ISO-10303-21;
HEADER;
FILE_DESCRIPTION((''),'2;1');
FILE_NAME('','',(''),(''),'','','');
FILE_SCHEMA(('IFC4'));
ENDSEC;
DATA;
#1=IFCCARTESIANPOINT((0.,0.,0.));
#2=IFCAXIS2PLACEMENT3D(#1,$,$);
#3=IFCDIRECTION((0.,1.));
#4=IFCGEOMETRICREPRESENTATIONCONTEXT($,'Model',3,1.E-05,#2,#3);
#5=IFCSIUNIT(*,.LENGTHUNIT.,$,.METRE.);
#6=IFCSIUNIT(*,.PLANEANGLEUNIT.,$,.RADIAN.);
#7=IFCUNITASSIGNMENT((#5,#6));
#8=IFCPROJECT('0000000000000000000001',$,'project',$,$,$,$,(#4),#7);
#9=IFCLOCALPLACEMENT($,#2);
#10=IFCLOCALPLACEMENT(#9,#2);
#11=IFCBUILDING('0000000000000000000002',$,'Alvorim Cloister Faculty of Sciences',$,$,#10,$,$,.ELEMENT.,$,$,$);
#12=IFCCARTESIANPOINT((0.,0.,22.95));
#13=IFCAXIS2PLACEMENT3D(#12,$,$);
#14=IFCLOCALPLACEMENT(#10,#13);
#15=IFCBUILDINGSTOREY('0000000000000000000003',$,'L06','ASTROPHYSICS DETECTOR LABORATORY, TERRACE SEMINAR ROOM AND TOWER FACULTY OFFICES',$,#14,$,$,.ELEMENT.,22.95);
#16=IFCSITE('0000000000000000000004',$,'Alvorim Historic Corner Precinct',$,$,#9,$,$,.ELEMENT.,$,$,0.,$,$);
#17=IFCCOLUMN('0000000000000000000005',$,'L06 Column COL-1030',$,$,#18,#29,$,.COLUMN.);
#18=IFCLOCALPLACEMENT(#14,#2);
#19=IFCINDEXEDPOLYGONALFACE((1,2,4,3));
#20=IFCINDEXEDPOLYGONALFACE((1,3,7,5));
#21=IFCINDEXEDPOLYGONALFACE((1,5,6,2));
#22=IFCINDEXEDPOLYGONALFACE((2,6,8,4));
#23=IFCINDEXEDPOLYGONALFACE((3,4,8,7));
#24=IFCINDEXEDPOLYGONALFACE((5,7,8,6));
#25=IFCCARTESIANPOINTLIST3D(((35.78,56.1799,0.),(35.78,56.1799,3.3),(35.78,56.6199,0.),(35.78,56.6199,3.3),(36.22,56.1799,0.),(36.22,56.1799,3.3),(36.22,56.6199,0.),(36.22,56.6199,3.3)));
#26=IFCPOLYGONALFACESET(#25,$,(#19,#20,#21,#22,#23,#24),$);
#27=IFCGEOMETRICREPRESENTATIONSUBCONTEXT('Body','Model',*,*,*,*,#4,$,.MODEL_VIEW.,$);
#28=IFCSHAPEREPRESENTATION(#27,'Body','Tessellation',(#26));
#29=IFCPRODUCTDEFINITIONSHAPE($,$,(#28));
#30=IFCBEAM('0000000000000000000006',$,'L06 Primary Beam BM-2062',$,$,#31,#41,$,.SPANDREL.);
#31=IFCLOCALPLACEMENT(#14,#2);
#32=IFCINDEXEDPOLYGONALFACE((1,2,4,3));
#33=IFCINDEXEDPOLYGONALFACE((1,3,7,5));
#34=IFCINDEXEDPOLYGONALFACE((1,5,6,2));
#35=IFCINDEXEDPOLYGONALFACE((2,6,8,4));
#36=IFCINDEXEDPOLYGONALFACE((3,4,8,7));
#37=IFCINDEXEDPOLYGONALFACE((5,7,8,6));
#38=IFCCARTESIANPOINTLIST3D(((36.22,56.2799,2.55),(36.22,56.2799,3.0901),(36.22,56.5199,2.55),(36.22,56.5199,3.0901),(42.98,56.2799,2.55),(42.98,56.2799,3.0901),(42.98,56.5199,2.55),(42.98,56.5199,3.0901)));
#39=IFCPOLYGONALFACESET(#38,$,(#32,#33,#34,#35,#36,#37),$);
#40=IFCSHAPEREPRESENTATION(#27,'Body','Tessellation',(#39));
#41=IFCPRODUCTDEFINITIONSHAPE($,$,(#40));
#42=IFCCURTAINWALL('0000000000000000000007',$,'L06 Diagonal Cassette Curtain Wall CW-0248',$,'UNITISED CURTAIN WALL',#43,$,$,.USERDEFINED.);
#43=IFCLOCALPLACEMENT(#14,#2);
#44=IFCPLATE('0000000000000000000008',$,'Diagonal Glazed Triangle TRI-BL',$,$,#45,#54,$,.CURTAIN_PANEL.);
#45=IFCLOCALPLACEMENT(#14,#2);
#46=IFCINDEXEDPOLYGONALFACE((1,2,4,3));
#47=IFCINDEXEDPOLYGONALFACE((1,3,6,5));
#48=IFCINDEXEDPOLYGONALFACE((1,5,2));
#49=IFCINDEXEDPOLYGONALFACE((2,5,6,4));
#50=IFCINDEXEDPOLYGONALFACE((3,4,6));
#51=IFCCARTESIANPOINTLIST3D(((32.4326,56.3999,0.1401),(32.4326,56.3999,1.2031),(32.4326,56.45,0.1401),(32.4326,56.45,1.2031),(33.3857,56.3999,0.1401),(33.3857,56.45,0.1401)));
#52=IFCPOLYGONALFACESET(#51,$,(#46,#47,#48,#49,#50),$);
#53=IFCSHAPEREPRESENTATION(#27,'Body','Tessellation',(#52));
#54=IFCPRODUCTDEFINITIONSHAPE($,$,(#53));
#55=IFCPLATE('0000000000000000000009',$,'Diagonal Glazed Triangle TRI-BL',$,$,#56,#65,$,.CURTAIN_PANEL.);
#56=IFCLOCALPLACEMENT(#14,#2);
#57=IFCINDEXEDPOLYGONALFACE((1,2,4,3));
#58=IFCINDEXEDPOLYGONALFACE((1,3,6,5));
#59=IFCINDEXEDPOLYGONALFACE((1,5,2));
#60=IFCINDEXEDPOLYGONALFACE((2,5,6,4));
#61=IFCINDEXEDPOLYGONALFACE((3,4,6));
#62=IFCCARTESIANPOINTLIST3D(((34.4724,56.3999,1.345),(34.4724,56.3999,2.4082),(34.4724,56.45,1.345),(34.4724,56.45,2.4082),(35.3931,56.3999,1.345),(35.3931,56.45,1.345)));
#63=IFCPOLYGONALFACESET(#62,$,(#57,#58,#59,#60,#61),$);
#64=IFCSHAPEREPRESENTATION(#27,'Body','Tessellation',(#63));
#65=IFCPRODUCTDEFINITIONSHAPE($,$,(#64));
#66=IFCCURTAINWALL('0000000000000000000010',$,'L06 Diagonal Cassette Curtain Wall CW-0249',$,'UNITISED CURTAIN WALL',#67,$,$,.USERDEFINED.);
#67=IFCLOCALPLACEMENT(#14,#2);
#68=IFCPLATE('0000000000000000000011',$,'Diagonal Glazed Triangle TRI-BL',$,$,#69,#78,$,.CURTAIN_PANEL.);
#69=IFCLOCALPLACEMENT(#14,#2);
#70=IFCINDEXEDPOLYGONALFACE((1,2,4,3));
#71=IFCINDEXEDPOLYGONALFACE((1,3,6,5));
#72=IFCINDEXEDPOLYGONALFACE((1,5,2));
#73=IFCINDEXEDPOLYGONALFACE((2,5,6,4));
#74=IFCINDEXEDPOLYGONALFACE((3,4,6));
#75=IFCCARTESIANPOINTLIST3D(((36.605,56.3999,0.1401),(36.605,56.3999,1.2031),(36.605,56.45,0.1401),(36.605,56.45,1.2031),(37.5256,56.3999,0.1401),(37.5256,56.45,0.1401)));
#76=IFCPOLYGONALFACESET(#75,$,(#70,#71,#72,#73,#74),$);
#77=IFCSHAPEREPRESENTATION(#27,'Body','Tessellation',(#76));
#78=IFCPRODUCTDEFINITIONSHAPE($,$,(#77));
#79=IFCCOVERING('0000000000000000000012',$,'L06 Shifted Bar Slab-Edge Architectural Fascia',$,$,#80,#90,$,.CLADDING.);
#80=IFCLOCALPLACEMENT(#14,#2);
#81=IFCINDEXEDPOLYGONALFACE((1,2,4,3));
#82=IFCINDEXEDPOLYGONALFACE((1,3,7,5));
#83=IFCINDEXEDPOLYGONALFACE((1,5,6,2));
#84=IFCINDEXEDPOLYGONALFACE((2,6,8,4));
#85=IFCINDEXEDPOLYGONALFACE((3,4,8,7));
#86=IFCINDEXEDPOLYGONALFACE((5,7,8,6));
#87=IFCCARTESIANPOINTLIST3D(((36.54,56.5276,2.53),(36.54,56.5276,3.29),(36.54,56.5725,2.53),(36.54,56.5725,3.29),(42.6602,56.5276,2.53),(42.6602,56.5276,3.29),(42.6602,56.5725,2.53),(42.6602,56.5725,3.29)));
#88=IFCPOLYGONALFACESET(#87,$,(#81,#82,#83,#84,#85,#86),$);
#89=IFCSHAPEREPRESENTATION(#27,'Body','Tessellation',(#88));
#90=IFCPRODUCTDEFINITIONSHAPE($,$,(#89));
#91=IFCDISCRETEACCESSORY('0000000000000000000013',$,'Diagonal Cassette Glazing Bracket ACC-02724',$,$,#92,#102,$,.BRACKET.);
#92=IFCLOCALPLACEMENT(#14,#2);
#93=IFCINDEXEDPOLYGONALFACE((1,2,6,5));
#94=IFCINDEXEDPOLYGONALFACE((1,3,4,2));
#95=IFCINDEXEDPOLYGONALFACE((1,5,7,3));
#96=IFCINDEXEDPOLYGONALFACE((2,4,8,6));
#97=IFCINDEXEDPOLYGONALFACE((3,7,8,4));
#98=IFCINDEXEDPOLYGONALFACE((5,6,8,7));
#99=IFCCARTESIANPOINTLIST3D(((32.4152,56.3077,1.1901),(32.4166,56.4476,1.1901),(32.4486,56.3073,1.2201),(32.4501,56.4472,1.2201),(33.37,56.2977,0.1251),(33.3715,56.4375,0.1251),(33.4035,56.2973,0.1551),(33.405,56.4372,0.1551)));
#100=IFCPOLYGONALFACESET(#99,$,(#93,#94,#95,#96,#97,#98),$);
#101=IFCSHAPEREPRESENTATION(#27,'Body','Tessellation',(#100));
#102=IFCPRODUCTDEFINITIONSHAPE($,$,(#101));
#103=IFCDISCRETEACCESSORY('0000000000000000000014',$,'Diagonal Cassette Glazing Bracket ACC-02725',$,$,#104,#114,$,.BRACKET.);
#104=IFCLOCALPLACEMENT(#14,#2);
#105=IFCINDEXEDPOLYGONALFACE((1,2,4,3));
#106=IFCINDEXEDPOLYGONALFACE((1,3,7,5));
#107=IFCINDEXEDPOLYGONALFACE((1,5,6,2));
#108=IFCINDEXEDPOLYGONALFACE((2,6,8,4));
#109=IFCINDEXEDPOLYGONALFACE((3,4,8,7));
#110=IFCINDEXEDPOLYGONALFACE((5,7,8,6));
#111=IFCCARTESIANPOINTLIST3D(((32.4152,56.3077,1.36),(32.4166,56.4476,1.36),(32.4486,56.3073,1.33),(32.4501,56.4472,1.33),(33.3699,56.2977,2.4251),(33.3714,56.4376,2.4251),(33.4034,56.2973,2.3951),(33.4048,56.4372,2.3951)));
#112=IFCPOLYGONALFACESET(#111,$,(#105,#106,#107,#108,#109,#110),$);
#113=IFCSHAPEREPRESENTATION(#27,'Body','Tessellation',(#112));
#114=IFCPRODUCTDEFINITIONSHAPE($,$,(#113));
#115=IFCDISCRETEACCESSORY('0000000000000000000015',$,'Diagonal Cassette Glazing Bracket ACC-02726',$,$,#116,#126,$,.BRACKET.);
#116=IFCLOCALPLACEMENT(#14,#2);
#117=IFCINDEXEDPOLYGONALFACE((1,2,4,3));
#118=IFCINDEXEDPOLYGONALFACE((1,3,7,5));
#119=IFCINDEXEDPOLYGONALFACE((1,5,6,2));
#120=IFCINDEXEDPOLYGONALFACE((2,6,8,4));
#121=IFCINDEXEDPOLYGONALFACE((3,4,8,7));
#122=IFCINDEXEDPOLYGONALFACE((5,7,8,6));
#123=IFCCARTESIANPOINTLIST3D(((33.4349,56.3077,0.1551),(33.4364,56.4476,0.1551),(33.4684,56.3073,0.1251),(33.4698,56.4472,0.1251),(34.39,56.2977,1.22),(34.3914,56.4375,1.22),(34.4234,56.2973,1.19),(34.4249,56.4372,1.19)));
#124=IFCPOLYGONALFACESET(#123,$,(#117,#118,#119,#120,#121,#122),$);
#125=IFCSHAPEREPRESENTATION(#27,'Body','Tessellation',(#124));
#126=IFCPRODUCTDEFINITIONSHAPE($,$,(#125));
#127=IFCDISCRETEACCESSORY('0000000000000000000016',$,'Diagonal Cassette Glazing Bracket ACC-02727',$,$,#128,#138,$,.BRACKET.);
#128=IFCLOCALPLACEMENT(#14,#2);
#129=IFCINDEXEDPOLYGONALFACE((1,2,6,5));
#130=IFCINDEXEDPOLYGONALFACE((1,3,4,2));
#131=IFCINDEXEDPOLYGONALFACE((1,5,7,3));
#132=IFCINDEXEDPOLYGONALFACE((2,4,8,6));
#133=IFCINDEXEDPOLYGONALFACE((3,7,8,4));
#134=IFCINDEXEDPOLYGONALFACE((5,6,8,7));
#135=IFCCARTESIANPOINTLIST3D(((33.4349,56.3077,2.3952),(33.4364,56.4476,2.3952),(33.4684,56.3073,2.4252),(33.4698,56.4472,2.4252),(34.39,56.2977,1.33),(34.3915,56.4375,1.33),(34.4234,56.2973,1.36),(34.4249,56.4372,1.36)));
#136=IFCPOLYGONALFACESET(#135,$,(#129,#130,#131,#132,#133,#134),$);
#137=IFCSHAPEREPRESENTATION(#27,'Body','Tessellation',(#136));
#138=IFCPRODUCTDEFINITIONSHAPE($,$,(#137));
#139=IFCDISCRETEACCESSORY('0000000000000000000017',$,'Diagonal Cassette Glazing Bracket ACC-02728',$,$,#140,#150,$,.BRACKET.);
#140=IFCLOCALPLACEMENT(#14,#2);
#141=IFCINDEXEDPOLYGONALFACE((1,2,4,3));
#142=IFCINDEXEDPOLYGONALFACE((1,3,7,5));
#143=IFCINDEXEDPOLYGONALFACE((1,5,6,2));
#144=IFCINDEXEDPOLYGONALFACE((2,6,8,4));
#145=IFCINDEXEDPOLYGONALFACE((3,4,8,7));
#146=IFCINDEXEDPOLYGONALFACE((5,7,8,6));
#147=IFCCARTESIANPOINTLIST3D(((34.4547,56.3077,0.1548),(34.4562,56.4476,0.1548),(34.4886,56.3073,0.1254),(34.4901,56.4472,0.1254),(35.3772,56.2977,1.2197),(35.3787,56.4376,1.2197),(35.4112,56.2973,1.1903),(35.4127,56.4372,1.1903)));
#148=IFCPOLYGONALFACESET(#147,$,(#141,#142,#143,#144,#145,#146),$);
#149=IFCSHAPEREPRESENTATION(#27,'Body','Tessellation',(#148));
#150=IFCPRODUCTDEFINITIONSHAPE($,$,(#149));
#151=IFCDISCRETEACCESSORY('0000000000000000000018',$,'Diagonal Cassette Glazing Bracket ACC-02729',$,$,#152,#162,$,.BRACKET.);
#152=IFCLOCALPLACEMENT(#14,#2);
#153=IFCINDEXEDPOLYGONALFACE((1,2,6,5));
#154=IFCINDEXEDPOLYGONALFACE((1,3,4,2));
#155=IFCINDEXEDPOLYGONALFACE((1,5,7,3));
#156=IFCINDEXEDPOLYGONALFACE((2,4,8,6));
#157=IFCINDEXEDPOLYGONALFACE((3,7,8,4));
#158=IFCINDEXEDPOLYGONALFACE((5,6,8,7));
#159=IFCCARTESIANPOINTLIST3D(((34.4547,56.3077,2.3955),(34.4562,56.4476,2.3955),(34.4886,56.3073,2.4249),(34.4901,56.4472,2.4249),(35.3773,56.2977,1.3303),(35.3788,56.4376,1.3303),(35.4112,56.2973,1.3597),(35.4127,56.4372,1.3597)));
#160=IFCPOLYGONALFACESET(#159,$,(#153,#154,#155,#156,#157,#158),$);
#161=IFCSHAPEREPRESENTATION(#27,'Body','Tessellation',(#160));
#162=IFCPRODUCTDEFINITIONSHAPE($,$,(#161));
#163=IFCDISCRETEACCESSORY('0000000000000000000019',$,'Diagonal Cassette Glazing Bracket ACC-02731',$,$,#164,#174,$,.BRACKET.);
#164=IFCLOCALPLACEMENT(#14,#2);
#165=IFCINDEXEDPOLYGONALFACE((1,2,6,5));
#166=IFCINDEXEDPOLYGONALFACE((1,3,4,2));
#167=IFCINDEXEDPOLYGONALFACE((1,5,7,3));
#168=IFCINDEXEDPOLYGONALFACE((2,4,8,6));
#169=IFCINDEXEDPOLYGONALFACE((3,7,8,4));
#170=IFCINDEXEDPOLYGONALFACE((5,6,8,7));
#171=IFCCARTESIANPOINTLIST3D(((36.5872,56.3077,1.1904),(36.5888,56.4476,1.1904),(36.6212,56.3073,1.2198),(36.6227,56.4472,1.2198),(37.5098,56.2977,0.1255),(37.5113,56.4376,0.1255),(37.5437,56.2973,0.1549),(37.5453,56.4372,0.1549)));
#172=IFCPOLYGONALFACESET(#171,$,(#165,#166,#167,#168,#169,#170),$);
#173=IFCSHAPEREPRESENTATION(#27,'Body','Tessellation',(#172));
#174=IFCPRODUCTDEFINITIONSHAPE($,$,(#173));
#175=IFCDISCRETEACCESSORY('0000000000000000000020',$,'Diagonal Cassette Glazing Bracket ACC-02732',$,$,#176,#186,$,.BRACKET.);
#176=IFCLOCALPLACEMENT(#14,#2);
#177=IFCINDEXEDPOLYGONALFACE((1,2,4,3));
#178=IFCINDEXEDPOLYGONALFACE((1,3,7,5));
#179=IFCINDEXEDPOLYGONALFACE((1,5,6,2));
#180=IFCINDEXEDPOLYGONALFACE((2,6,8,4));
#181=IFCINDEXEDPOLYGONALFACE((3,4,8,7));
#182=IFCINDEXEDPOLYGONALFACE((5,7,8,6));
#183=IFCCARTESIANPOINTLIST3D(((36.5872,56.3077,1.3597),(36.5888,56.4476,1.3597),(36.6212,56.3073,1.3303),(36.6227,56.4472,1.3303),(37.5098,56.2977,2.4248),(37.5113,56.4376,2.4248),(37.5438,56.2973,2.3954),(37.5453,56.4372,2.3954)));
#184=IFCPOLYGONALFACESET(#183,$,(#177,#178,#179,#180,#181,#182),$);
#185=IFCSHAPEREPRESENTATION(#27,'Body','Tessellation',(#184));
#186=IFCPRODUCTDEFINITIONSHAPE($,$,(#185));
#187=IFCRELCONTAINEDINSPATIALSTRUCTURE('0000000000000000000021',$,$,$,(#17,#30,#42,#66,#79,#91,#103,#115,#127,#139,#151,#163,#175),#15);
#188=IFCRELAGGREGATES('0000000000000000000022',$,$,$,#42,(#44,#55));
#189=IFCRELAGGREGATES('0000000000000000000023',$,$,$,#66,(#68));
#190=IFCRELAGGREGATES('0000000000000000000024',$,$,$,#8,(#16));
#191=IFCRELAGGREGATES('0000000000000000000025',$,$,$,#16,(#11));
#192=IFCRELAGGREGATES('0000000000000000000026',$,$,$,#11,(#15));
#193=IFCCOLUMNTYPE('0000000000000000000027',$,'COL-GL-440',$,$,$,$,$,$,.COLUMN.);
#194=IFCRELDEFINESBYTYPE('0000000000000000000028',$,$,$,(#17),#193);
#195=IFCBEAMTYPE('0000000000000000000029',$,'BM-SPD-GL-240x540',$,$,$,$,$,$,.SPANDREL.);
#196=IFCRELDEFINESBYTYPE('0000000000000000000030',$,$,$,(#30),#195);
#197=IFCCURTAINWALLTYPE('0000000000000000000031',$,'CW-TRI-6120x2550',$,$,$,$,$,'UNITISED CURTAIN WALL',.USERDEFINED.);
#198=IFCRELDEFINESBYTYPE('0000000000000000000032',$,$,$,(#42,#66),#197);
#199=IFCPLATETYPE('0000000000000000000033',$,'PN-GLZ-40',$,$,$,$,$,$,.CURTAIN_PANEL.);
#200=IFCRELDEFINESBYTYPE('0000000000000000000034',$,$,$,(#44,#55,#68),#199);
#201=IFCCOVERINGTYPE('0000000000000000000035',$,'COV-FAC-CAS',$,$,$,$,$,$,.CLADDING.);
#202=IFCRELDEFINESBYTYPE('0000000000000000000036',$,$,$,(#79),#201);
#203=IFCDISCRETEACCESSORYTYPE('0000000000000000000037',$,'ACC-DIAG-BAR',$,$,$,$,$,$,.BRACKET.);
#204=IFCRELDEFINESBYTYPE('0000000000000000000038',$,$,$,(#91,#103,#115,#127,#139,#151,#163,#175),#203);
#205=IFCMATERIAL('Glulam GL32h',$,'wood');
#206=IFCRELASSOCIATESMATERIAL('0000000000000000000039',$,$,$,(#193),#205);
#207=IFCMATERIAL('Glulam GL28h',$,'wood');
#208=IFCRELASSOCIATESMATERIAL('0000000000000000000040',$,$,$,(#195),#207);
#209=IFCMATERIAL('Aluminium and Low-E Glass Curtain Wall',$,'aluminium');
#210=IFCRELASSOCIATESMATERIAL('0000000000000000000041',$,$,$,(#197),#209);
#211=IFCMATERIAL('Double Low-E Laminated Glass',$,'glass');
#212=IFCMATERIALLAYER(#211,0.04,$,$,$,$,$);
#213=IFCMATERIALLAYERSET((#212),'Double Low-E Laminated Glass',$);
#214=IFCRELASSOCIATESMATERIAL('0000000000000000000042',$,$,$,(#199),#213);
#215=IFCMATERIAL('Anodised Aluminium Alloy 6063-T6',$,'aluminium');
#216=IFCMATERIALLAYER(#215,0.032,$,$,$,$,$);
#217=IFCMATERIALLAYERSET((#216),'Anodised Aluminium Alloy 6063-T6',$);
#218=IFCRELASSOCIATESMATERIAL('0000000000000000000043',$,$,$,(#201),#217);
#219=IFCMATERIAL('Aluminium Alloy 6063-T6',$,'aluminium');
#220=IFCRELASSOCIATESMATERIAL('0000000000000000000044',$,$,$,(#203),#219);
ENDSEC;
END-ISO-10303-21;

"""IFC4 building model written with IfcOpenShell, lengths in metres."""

from ifc_helpers import new_model, si_unit, direction, frame, origin, origin_2d, place, context, subcontext, project, spatial, polyline, rectangle, outline, extrude, material, layer, layer_set, material_profile, profile_set, type_object, element, aggregate, save


model = new_model("IFC4")

# Units and contexts
model_context = context("Model", 3, precision=1e-05, world=origin(), true_north=direction((0.0, 1.0)))
body_context = subcontext(model_context, "Body", "Model", "MODEL_VIEW")
ifc_project = project(units=[si_unit("LENGTHUNIT", "METRE"), si_unit("PLANEANGLEUNIT", "RADIAN")], contexts=[model_context])

# Site, building, storey
site_placement = place(None, origin())
site = spatial("IfcSite", under=ifc_project, at=site_placement, Name="Alvorim Historic Corner Precinct", CompositionType="ELEMENT", RefElevation=0.0)
building_placement = place(site_placement, origin())
building = spatial("IfcBuilding", under=site, at=building_placement, Name="Alvorim Cloister Faculty of Sciences", CompositionType="ELEMENT")
storey_placement = place(building_placement, frame((0.0, 0.0, 22.95)))
storey = spatial("IfcBuildingStorey", under=building, at=storey_placement, Name="L06", Description="ASTROPHYSICS DETECTOR LABORATORY, TERRACE SEMINAR ROOM AND TOWER FACULTY OFFICES", CompositionType="ELEMENT", Elevation=22.95)

# Column
ifc_material_1 = material(Name="Glulam GL32h", Category="wood")
ifc_material_profile_1 = material_profile(ifc_material_1, rectangle(XDim=0.4399, YDim=0.4399, at=origin_2d()), Name="GL32-COL-440x440")
ifc_profile_set_1 = profile_set([ifc_material_profile_1], Name="Glulam GL32h")
column_type = type_object("IfcColumnType", Name="COL-GL-440", PredefinedType="COLUMN", material=ifc_profile_set_1)
column_placement = place(storey_placement, frame((36.0, 56.3999, 0.0), z_axis=(0.0, 0.0, 1.0), x_axis=(1.0, 0.0, 0.0)))
element("IfcColumn", 1, at=column_placement, inside=storey, type_object=column_type, Name="L06 Column COL-1030", PredefinedType="COLUMN", context=body_context, shape_type="SweptSolid", body=[
    extrude(rectangle(XDim=0.4399, YDim=0.4399, at=origin_2d()), origin(), (0.0, 0.0, 1.0), 3.3),
])

# Beam
ifc_material_2 = material(Name="Glulam GL28h", Category="wood")
ifc_material_profile_2 = material_profile(ifc_material_2, rectangle(XDim=0.24, YDim=0.54, at=origin_2d()), Name="GL28-SPD-240x540")
ifc_profile_set_2 = profile_set([ifc_material_profile_2], Name="Glulam GL28h")
beam_type = type_object("IfcBeamType", Name="BM-SPD-GL-240x540", PredefinedType="SPANDREL", material=ifc_profile_set_2)
beam_placement = place(storey_placement, frame((36.22, 56.3999, 2.8201), z_axis=(1.0, 0.0, 0.0), x_axis=(0.0, 1.0, 0.0)))
element("IfcBeam", 2, at=beam_placement, inside=storey, type_object=beam_type, Name="L06 Primary Beam BM-2062", PredefinedType="SPANDREL", context=body_context, shape_type="SweptSolid", body=[
    extrude(rectangle(XDim=0.24, YDim=0.54, at=origin_2d()), origin(), (0.0, 0.0, 1.0), 6.76),
])

# Curtain walls, plates
ifc_material_3 = material(Name="Aluminium and Low-E Glass Curtain Wall", Category="aluminium")
curtain_wall_type = type_object("IfcCurtainWallType", Name="CW-TRI-6120x2550", ElementType="UNITISED CURTAIN WALL", PredefinedType="USERDEFINED", material=ifc_material_3)
curtain_wall_1_placement = place(storey_placement, origin())
curtain_wall_1 = element("IfcCurtainWall", 3, at=curtain_wall_1_placement, inside=storey, type_object=curtain_wall_type, Name="L06 Diagonal Cassette Curtain Wall CW-0248", ObjectType="UNITISED CURTAIN WALL", PredefinedType="USERDEFINED")
ifc_material_4 = material(Name="Double Low-E Laminated Glass", Category="glass")
ifc_layer_1 = layer(ifc_material_4, 0.04)
ifc_layer_set_1 = layer_set([ifc_layer_1], Name="Double Low-E Laminated Glass")
plate_type = type_object("IfcPlateType", Name="PN-GLZ-40", PredefinedType="CURTAIN_PANEL", material=ifc_layer_set_1)
plate_1_placement = place(storey_placement, frame((32.4326, 56.425, 0.1401), z_axis=(0.0, 0.0, 1.0), x_axis=(1.0, 0.0, 0.0)))
plate_1 = element("IfcPlate", 4, at=plate_1_placement, type_object=plate_type, Name="Diagonal Glazed Triangle TRI-BL", PredefinedType="CURTAIN_PANEL", context=body_context, shape_type="SweptSolid", body=[
    extrude(outline(polyline([(0.0, 0.0), (0.9531, 0.0), (0.0, 1.063), (0.0, 0.0)])), frame((0.0, 0.0249, 0.0), z_axis=(0.0, -1.0, 0.0), x_axis=(1.0, 0.0, 0.0)), (0.0, 0.0, 1.0), 0.05),
])
plate_2_placement = place(storey_placement, frame((34.4724, 56.425, 1.345), z_axis=(0.0, 0.0, 1.0), x_axis=(1.0, 0.0, 0.0)))
plate_2 = element("IfcPlate", 5, at=plate_2_placement, type_object=plate_type, Name="Diagonal Glazed Triangle TRI-BL", PredefinedType="CURTAIN_PANEL", context=body_context, shape_type="SweptSolid", body=[
    extrude(outline(polyline([(0.0, 0.0), (0.9207, 0.0), (0.0, 1.0632), (0.0, 0.0)])), frame((0.0, 0.0249, 0.0), z_axis=(0.0, -1.0, 0.0), x_axis=(1.0, 0.0, 0.0)), (0.0, 0.0, 1.0), 0.05),
])
aggregate(curtain_wall_1, [plate_1, plate_2])
curtain_wall_2_placement = place(storey_placement, origin())
curtain_wall_2 = element("IfcCurtainWall", 6, at=curtain_wall_2_placement, inside=storey, type_object=curtain_wall_type, Name="L06 Diagonal Cassette Curtain Wall CW-0249", ObjectType="UNITISED CURTAIN WALL", PredefinedType="USERDEFINED")
plate_3_placement = place(storey_placement, frame((36.605, 56.425, 0.1401), z_axis=(0.0, 0.0, 1.0), x_axis=(1.0, 0.0, 0.0)))
plate_3 = element("IfcPlate", 7, at=plate_3_placement, type_object=plate_type, Name="Diagonal Glazed Triangle TRI-BL", PredefinedType="CURTAIN_PANEL", context=body_context, shape_type="SweptSolid", body=[
    extrude(outline(polyline([(0.0, 0.0), (0.9207, 0.0), (0.0, 1.063), (0.0, 0.0)])), frame((0.0, 0.0249, 0.0), z_axis=(0.0, -1.0, 0.0), x_axis=(1.0, 0.0, 0.0)), (0.0, 0.0, 1.0), 0.05),
])
aggregate(curtain_wall_2, [plate_3])

# Covering
ifc_material_5 = material(Name="Anodised Aluminium Alloy 6063-T6", Category="aluminium")
ifc_layer_2 = layer(ifc_material_5, 0.032)
ifc_layer_set_2 = layer_set([ifc_layer_2], Name="Anodised Aluminium Alloy 6063-T6")
covering_type = type_object("IfcCoveringType", Name="COV-FAC-CAS", PredefinedType="CLADDING", material=ifc_layer_set_2)
covering_placement = place(storey_placement, frame((36.54, 56.55, 2.53), z_axis=(0.0, 0.0, 1.0), x_axis=(1.0, 0.0, 0.0)))
element("IfcCovering", 8, at=covering_placement, inside=storey, type_object=covering_type, Name="L06 Shifted Bar Slab-Edge Architectural Fascia", PredefinedType="CLADDING", context=body_context, shape_type="SweptSolid", body=[
    extrude(outline(polyline([(0.0, 0.0), (6.1201, 0.0), (6.1201, 0.76), (0.0, 0.76), (0.0, 0.0)])), frame((0.0, 0.0225, 0.0), z_axis=(0.0, -1.0, 0.0), x_axis=(1.0, 0.0, 0.0)), (0.0, 0.0, 1.0), 0.0449),
])

# Discrete accessories
ifc_material_6 = material(Name="Aluminium Alloy 6063-T6", Category="aluminium")
discrete_accessory_type = type_object("IfcDiscreteAccessoryType", Name="ACC-DIAG-BAR", PredefinedType="BRACKET", material=ifc_material_6)
for number, where, z_axis, x_axis, name in (
    (9, (32.4326, 56.3774, 1.2051), (0.667552, -0.006998, -0.744531), (0.010483, 0.999945, 0.0), "Diagonal Cassette Glazing Bracket ACC-02724"),
    (10, (32.4326, 56.3774, 1.345), (0.667467, -0.006997, 0.744607), (0.010483, 0.999945, 0.0), "Diagonal Cassette Glazing Bracket ACC-02725"),
    (11, (33.4524, 56.3774, 0.1401), (0.667646, -0.006997, 0.744446), (0.01048, 0.999945, 0.0), "Diagonal Cassette Glazing Bracket ACC-02726"),
):
    element("IfcDiscreteAccessory", number, at=place(storey_placement, frame(where, z_axis=z_axis, x_axis=x_axis)), inside=storey, type_object=discrete_accessory_type, Name=name, PredefinedType="BRACKET", context=body_context, shape_type="SweptSolid", body=[
        extrude(rectangle(XDim=0.1399, YDim=0.0449, at=origin_2d()), origin(), (0.0, 0.0, 1.0), 1.4304),
    ])
discrete_accessory_1_placement = place(storey_placement, frame((33.4524, 56.3774, 2.4102), z_axis=(0.667561, -0.006996, -0.744522), x_axis=(0.01048, 0.999945, 0.0)))
element("IfcDiscreteAccessory", 12, at=discrete_accessory_1_placement, inside=storey, type_object=discrete_accessory_type, Name="Diagonal Cassette Glazing Bracket ACC-02727", PredefinedType="BRACKET", context=body_context, shape_type="SweptSolid", body=[
    extrude(rectangle(XDim=0.1399, YDim=0.0449, at=origin_2d()), origin(), (0.0, 0.0, 1.0), 1.4307),
])
discrete_accessory_2_placement = place(storey_placement, frame((34.4724, 56.3774, 0.1401), z_axis=(0.654775, -0.007104, 0.75579), x_axis=(0.010849, 0.999941, 0.0)))
element("IfcDiscreteAccessory", 13, at=discrete_accessory_2_placement, inside=storey, type_object=discrete_accessory_type, Name="Diagonal Cassette Glazing Bracket ACC-02728", PredefinedType="BRACKET", context=body_context, shape_type="SweptSolid", body=[
    extrude(rectangle(XDim=0.1399, YDim=0.0449, at=origin_2d()), origin(), (0.0, 0.0, 1.0), 1.4089),
])
discrete_accessory_3_placement = place(storey_placement, frame((34.4724, 56.3774, 2.4102), z_axis=(0.65469, -0.007103, -0.755864), x_axis=(0.010849, 0.999941, 0.0)))
element("IfcDiscreteAccessory", 14, at=discrete_accessory_3_placement, inside=storey, type_object=discrete_accessory_type, Name="Diagonal Cassette Glazing Bracket ACC-02729", PredefinedType="BRACKET", context=body_context, shape_type="SweptSolid", body=[
    extrude(rectangle(XDim=0.1399, YDim=0.0449, at=origin_2d()), origin(), (0.0, 0.0, 1.0), 1.4092),
])
discrete_accessory_4_placement = place(storey_placement, frame((36.605, 56.3774, 1.2051), z_axis=(0.654775, -0.007104, -0.75579), x_axis=(0.010849, 0.999941, 0.0)))
element("IfcDiscreteAccessory", 15, at=discrete_accessory_4_placement, inside=storey, type_object=discrete_accessory_type, Name="Diagonal Cassette Glazing Bracket ACC-02731", PredefinedType="BRACKET", context=body_context, shape_type="SweptSolid", body=[
    extrude(rectangle(XDim=0.1399, YDim=0.0449, at=origin_2d()), origin(), (0.0, 0.0, 1.0), 1.4089),
])
discrete_accessory_5_placement = place(storey_placement, frame((36.605, 56.3774, 1.345), z_axis=(0.65469, -0.007103, 0.755864), x_axis=(0.010849, 0.999941, 0.0)))
element("IfcDiscreteAccessory", 16, at=discrete_accessory_5_placement, inside=storey, type_object=discrete_accessory_type, Name="Diagonal Cassette Glazing Bracket ACC-02732", PredefinedType="BRACKET", context=body_context, shape_type="SweptSolid", body=[
    extrude(rectangle(XDim=0.1399, YDim=0.0449, at=origin_2d()), origin(), (0.0, 0.0, 1.0), 1.4092),
])

save(model, "model.ifc")
